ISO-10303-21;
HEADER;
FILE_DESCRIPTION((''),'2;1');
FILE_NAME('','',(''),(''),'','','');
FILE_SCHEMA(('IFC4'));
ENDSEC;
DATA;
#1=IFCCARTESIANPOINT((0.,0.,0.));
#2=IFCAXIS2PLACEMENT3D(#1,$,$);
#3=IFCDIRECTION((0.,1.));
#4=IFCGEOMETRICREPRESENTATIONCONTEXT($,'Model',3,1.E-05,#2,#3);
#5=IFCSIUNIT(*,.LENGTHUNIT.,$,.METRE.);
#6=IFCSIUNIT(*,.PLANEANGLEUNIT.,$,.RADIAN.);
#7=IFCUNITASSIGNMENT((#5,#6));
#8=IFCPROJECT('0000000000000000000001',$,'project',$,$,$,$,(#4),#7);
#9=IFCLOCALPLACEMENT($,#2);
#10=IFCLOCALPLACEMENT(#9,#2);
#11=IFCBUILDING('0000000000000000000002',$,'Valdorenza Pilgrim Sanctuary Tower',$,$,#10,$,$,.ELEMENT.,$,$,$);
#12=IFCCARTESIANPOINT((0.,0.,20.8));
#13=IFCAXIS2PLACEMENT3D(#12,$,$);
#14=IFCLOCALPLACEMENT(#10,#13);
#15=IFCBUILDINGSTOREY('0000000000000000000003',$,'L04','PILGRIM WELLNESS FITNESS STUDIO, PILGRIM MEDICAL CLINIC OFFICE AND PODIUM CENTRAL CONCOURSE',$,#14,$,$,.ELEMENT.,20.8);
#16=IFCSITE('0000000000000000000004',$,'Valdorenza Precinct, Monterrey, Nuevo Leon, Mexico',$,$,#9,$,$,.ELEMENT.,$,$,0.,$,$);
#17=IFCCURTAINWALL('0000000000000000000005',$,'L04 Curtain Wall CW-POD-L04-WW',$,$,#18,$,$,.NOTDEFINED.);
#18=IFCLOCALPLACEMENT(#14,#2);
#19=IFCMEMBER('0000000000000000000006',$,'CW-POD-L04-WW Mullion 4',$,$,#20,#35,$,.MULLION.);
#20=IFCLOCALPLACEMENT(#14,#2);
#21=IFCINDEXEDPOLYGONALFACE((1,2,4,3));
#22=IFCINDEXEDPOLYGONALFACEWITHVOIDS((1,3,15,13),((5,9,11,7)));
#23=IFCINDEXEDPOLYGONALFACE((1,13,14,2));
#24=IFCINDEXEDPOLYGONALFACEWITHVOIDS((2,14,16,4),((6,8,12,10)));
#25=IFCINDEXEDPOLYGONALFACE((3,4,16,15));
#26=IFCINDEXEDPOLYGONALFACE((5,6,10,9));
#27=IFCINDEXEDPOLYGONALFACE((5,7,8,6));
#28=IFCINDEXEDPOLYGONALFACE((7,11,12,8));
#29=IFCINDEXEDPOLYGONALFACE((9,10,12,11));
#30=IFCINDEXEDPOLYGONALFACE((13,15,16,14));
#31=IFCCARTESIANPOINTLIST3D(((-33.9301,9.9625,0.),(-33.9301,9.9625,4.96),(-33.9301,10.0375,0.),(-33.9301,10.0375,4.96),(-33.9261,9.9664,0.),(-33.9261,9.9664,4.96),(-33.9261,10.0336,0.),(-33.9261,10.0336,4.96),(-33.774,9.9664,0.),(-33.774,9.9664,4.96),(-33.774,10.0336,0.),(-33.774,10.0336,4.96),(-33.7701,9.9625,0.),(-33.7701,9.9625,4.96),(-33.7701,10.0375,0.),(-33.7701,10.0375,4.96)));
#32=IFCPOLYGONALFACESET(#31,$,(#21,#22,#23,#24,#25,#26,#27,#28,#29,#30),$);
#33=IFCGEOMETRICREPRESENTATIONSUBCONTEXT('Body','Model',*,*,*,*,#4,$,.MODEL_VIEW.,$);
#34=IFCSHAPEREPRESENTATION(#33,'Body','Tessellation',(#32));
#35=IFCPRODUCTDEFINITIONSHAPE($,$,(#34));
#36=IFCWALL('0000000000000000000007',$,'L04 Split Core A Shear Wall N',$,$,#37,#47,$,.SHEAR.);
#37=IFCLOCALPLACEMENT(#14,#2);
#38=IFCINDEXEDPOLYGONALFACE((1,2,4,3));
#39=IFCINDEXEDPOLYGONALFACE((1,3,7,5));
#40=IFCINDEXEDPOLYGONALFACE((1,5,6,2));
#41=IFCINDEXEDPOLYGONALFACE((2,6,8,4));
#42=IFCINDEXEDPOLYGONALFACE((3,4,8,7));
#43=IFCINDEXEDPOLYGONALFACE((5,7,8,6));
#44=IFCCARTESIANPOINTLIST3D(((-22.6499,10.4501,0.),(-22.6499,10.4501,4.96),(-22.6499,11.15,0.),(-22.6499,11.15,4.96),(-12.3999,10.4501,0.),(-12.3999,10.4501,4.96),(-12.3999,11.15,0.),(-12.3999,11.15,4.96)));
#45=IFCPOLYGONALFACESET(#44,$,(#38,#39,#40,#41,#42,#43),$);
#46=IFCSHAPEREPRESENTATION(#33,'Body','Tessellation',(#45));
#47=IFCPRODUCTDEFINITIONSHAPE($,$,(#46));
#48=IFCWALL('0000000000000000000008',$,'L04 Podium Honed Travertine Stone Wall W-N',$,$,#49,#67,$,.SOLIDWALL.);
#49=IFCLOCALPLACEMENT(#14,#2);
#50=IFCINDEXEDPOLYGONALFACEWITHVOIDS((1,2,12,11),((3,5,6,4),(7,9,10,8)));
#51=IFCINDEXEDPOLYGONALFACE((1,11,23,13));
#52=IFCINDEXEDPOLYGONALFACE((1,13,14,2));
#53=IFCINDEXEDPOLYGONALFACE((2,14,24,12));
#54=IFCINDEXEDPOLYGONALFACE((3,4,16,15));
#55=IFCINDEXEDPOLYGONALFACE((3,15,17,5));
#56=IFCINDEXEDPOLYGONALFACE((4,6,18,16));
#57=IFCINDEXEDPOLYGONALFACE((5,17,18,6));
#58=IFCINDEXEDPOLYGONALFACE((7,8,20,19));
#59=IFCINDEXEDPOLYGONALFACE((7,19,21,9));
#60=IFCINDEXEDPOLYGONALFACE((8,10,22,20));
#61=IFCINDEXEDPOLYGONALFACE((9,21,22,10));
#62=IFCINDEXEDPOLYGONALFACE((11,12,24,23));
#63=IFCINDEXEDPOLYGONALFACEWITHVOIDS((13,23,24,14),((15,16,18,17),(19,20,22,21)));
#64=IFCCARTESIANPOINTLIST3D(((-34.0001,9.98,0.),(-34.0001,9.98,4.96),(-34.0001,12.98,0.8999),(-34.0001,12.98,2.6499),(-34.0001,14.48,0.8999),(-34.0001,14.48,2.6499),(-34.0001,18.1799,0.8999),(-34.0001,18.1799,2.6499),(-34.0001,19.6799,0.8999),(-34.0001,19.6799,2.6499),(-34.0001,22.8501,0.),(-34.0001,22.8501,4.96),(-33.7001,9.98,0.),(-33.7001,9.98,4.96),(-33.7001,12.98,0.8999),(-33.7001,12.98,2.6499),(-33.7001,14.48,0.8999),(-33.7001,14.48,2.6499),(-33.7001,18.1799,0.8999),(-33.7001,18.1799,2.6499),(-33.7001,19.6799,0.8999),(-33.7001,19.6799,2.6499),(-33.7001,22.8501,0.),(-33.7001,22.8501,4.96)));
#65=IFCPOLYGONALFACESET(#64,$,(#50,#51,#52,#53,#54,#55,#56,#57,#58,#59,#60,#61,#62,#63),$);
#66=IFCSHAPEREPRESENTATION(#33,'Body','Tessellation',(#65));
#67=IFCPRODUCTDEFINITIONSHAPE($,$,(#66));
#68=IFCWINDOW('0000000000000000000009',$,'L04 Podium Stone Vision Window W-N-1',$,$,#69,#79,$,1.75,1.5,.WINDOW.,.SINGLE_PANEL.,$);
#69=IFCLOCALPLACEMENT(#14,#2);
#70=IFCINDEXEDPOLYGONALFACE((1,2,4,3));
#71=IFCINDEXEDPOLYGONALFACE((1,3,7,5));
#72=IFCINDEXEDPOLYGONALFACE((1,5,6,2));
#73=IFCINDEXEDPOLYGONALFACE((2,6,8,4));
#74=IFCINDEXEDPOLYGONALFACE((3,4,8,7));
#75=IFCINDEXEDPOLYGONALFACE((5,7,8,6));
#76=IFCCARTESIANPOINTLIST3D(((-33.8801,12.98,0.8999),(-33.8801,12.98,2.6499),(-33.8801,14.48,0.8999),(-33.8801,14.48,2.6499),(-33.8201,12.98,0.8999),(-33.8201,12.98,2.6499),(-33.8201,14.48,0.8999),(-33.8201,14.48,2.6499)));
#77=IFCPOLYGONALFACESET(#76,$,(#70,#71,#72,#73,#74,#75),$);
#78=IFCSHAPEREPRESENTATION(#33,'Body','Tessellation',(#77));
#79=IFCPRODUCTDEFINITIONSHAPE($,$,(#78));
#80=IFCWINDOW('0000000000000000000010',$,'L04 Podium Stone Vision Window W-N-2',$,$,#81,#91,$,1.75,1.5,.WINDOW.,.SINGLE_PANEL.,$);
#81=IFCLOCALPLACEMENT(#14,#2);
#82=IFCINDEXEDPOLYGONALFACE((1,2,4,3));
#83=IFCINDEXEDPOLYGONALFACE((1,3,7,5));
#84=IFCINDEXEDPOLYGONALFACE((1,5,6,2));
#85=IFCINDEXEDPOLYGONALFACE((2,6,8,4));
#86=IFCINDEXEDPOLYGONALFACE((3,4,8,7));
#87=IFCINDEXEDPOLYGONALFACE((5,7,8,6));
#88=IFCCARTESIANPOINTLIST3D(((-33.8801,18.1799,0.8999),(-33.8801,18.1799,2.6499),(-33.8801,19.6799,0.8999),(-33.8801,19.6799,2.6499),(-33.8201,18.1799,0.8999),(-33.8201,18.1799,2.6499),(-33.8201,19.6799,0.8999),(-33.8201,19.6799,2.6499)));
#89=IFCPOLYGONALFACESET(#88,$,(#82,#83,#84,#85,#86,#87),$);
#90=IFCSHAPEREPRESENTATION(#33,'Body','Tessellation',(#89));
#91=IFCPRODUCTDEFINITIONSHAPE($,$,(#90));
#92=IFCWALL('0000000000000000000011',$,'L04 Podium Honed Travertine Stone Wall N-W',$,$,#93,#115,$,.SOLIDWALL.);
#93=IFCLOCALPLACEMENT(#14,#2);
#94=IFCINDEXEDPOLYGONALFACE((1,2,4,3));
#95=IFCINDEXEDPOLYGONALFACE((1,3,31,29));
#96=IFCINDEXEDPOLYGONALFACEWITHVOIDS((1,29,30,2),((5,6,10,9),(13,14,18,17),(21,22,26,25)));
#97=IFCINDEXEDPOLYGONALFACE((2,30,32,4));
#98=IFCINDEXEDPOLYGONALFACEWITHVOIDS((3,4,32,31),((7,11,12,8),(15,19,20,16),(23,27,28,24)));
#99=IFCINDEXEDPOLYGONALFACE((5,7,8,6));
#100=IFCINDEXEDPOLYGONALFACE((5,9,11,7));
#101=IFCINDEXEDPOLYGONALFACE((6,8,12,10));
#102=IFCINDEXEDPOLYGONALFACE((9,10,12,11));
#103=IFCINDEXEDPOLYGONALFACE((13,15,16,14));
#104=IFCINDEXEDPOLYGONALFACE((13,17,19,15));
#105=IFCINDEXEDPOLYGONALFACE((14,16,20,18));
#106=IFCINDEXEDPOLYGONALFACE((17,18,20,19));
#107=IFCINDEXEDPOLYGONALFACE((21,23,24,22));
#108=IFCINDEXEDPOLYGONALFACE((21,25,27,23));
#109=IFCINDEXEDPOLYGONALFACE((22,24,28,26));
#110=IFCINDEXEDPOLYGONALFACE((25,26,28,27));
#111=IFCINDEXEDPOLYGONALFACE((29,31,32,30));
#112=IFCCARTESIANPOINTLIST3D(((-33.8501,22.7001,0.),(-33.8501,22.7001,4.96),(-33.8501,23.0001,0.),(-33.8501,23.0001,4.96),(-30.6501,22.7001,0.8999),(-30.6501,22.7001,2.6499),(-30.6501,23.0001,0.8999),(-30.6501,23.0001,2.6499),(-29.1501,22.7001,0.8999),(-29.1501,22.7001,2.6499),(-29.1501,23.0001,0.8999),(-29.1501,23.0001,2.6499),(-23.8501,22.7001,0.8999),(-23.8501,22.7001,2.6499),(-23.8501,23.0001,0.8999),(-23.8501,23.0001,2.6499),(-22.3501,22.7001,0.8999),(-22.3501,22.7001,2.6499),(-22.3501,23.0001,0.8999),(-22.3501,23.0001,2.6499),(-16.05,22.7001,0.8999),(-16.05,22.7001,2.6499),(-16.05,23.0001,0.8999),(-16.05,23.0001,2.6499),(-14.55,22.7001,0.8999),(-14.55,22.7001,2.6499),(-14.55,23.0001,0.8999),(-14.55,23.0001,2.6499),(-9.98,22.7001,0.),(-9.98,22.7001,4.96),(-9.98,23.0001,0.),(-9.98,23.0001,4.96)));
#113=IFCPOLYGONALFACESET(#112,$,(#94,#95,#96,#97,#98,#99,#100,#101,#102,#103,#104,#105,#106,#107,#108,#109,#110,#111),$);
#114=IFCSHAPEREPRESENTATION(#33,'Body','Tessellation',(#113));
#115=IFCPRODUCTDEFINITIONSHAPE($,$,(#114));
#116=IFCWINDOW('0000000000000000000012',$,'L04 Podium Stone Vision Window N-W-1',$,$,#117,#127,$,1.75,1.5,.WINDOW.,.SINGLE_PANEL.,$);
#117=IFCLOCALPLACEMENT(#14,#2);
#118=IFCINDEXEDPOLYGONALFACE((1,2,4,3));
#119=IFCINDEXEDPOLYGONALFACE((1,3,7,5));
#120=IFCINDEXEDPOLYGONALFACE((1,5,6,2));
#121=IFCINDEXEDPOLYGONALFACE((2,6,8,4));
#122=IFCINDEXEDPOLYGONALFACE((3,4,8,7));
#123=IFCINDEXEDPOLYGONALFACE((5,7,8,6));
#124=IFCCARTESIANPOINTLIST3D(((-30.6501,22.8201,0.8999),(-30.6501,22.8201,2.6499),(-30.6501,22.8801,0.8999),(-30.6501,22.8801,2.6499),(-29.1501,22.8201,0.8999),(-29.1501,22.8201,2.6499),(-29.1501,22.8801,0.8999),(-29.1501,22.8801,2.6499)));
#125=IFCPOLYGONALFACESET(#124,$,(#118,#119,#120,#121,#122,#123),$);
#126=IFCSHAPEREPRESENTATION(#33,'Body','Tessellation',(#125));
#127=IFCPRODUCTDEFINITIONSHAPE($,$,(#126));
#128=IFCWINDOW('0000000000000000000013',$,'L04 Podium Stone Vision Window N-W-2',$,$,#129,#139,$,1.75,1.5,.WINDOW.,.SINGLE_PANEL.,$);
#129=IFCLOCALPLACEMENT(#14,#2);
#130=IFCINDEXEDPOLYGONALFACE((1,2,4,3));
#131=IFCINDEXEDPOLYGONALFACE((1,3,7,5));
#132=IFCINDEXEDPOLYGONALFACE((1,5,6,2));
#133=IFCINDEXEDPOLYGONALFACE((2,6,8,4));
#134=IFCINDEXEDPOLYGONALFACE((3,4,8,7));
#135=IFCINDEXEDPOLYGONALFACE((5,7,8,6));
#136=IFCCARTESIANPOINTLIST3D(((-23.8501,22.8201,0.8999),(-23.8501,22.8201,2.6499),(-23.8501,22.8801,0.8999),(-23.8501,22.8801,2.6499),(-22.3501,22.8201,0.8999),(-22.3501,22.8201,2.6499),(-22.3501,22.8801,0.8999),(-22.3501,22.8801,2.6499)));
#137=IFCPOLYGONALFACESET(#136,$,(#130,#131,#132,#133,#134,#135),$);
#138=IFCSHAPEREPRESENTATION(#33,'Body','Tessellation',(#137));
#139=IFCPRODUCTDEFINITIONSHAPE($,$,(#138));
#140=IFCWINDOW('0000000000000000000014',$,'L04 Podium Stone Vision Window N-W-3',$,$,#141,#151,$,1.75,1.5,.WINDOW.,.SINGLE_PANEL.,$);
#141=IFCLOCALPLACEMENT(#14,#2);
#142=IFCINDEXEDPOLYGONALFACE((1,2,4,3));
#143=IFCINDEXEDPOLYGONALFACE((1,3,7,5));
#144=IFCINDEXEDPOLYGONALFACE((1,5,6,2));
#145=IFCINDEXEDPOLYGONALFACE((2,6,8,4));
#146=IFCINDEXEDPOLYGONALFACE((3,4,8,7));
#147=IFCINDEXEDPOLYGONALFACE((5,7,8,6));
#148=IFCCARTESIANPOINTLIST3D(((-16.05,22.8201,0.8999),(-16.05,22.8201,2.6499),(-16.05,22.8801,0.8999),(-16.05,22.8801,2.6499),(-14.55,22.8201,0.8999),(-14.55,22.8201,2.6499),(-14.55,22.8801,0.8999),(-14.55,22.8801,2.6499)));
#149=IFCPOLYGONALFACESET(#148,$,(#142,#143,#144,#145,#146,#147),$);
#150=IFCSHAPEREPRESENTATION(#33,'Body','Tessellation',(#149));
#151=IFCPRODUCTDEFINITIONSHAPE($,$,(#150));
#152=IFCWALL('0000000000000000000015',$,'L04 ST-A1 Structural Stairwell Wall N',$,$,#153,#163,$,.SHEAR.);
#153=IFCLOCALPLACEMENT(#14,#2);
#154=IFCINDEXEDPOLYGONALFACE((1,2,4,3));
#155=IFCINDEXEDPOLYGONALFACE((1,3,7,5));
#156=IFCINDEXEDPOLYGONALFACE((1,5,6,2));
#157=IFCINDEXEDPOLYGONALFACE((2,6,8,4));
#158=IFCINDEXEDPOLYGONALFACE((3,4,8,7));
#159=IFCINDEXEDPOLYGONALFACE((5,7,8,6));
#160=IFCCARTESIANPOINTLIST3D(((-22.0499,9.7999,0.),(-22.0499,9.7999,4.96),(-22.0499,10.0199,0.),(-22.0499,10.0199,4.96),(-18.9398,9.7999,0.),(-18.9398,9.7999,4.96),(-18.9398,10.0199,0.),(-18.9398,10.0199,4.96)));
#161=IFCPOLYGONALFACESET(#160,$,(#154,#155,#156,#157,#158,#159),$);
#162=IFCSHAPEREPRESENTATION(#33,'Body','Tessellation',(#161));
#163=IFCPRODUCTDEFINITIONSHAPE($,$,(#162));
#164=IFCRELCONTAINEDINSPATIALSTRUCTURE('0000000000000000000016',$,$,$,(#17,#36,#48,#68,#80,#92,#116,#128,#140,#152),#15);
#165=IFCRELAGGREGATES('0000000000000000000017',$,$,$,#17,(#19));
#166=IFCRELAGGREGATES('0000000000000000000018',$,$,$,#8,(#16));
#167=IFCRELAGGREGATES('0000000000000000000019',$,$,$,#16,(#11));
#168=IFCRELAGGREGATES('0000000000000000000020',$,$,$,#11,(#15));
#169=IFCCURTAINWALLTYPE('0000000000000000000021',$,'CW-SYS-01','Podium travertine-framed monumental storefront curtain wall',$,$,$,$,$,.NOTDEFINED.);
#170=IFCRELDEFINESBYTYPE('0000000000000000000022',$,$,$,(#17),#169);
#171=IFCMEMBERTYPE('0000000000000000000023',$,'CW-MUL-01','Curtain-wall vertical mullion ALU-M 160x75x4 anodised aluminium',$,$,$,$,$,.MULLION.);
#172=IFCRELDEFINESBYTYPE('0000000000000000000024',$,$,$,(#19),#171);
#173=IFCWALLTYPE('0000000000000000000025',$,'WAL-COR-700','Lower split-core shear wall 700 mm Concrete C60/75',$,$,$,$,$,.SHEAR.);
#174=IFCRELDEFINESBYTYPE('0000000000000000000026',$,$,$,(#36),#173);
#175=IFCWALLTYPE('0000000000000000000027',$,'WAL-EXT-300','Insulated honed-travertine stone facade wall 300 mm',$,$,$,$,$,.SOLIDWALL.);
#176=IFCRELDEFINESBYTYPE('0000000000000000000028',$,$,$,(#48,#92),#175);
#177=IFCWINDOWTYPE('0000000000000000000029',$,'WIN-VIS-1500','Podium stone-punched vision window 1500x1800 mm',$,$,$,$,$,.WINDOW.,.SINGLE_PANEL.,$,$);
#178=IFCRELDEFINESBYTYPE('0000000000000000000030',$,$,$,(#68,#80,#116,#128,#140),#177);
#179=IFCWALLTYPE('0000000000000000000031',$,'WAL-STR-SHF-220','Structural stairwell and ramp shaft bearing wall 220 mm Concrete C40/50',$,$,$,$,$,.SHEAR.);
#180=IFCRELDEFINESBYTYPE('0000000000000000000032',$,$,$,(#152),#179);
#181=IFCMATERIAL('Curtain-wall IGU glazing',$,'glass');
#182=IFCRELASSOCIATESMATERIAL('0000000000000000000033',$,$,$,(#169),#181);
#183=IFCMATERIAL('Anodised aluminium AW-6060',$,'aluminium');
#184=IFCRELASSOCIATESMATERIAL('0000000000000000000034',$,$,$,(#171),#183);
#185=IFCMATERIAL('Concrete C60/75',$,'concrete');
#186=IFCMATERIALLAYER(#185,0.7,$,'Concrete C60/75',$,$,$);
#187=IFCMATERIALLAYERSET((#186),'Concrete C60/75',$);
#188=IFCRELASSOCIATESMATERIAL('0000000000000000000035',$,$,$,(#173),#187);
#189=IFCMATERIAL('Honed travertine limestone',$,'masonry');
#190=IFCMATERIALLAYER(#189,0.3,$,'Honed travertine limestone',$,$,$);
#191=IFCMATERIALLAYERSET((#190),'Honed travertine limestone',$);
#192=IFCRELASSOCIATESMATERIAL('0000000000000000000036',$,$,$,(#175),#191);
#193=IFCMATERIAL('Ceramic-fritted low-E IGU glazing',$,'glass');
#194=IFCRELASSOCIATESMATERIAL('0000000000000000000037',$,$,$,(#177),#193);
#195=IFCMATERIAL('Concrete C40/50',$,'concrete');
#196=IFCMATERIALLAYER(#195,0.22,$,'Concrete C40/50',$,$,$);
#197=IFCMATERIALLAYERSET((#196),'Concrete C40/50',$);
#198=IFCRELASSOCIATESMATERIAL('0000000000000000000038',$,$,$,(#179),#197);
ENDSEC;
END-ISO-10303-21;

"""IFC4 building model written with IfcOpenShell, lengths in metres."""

from ifc_helpers import new_model, si_unit, direction, frame, frame_2d, origin, origin_2d, place, context, subcontext, project, spatial, rectangle, hollow_rectangle, extrude, source, transform, mapped, material, layer, layer_set, material_profile, profile_set, type_object, element, fill, aggregate, save


model = new_model("IFC4")

# Units and contexts
model_context = context("Model", 3, precision=1e-05, world=origin(), true_north=direction((0.0, 1.0)))
body_context = subcontext(model_context, "Body", "Model", "MODEL_VIEW")
ifc_project = project(units=[si_unit("LENGTHUNIT", "METRE"), si_unit("PLANEANGLEUNIT", "RADIAN")], contexts=[model_context])

# Site, building, storey
site_placement = place(None, origin())
site = spatial("IfcSite", under=ifc_project, at=site_placement, Name="Valdorenza Precinct, Monterrey, Nuevo Leon, Mexico", CompositionType="ELEMENT", RefElevation=0.0)
building_placement = place(site_placement, origin())
building = spatial("IfcBuilding", under=site, at=building_placement, Name="Valdorenza Pilgrim Sanctuary Tower", CompositionType="ELEMENT")
storey_placement = place(building_placement, frame((0.0, 0.0, 20.8)))
storey = spatial("IfcBuildingStorey", under=building, at=storey_placement, Name="L04", Description="PILGRIM WELLNESS FITNESS STUDIO, PILGRIM MEDICAL CLINIC OFFICE AND PODIUM CENTRAL CONCOURSE", CompositionType="ELEMENT", Elevation=20.8)

# Shared definitions
ifc_material_1 = material(Name="Concrete C60/75", Category="concrete")

# Curtain wall, member
ifc_material_2 = material(Name="Curtain-wall IGU glazing", Category="glass")
curtain_wall_type = type_object("IfcCurtainWallType", Name="CW-SYS-01", Description="Podium travertine-framed monumental storefront curtain wall", PredefinedType="NOTDEFINED", material=ifc_material_2)
curtain_wall_placement = place(storey_placement, origin())
curtain_wall = element("IfcCurtainWall", 1, at=curtain_wall_placement, inside=storey, type_object=curtain_wall_type, Name="L04 Curtain Wall CW-POD-L04-WW", PredefinedType="NOTDEFINED")
ifc_material_3 = material(Name="Anodised aluminium AW-6060", Category="aluminium")
ifc_material_profile_1 = material_profile(ifc_material_3, hollow_rectangle(XDim=0.075, YDim=0.1599, WallThickness=0.0039, at=origin_2d()), Name="ALU-M 160x75x4")
ifc_profile_set_1 = profile_set([ifc_material_profile_1], Name="Anodised aluminium AW-6060")
member_type = type_object("IfcMemberType", Name="CW-MUL-01", Description="Curtain-wall vertical mullion ALU-M 160x75x4 anodised aluminium", PredefinedType="MULLION", material=ifc_profile_set_1)
shared_shape_1 = source(origin(), body_context, "Body", "SweptSolid", [
    extrude(hollow_rectangle(XDim=0.075, YDim=0.1599, WallThickness=0.0039, at=origin_2d()), origin(), (0.0, 0.0, 1.0), 4.96),
])
member_placement = place(storey_placement, frame((-33.8501, 10.0, 0.0), z_axis=(0.0, 0.0, 1.0), x_axis=(0.0, 1.0, 0.0)))
member = element("IfcMember", 2, at=member_placement, type_object=member_type, Name="CW-POD-L04-WW Mullion 4", PredefinedType="MULLION", context=body_context, shape_type="MappedRepresentation", body=[
    mapped(shared_shape_1, transform((0.0, 0.0, 0.0), x_axis=(1.0, 0.0, 0.0), y_axis=(0.0, 1.0, 0.0), z_axis=(0.0, 0.0, 1.0), scale=1.0)),
])
aggregate(curtain_wall, [member])

# Wall
ifc_layer_1 = layer(ifc_material_1, 0.7, Name="Concrete C60/75")
ifc_layer_set_1 = layer_set([ifc_layer_1], Name="Concrete C60/75")
wall_type_1 = type_object("IfcWallType", Name="WAL-COR-700", Description="Lower split-core shear wall 700 mm Concrete C60/75", PredefinedType="SHEAR", material=ifc_layer_set_1)
wall_1_placement = place(storey_placement, frame((-22.6499, 10.8, 0.0), z_axis=(0.0, 0.0, 1.0), x_axis=(1.0, 0.0, 0.0)))
element("IfcWall", 3, at=wall_1_placement, inside=storey, type_object=wall_type_1, Name="L04 Split Core A Shear Wall N", PredefinedType="SHEAR", context=body_context, shape_type="SweptSolid", body=[
    extrude(rectangle(XDim=10.25, YDim=0.7, at=frame_2d((5.125, 0.0))), origin(), (0.0, 0.0, 1.0), 4.96),
])

# Walls, openings, windows
ifc_material_4 = material(Name="Honed travertine limestone", Category="masonry")
ifc_layer_2 = layer(ifc_material_4, 0.3, Name="Honed travertine limestone")
ifc_layer_set_2 = layer_set([ifc_layer_2], Name="Honed travertine limestone")
wall_type_2 = type_object("IfcWallType", Name="WAL-EXT-300", Description="Insulated honed-travertine stone facade wall 300 mm", PredefinedType="SOLIDWALL", material=ifc_layer_set_2)
wall_2_placement = place(storey_placement, frame((-33.8501, 9.98, 0.0), z_axis=(0.0, 0.0, 1.0), x_axis=(0.0, 1.0, 0.0)))
wall_2 = element("IfcWall", 4, at=wall_2_placement, inside=storey, type_object=wall_type_2, Name="L04 Podium Honed Travertine Stone Wall W-N", PredefinedType="SOLIDWALL", context=body_context, shape_type="SweptSolid", body=[
    extrude(rectangle(XDim=12.8701, YDim=0.3, at=frame_2d((6.4351, 0.0))), origin(), (0.0, 0.0, 1.0), 4.96),
])
opening_1_placement = place(wall_2_placement, frame((3.0, 0.0, 0.8999)))
opening_1 = element("IfcOpeningElement", 5, at=opening_1_placement, cuts=wall_2, PredefinedType="OPENING", context=body_context, shape_type="SweptSolid", body=[
    extrude(rectangle(XDim=1.5, YDim=1.75, at=frame_2d((0.75, 0.875))), frame((0.0, 0.165, 0.0), z_axis=(0.0, -1.0, 0.0), x_axis=(1.0, 0.0, 0.0)), (0.0, 0.0, 1.0), 0.3298),
])
opening_2_placement = place(wall_2_placement, frame((8.2, 0.0, 0.8999)))
opening_2 = element("IfcOpeningElement", 6, at=opening_2_placement, cuts=wall_2, PredefinedType="OPENING", context=body_context, shape_type="SweptSolid", body=[
    extrude(rectangle(XDim=1.5, YDim=1.75, at=frame_2d((0.75, 0.875))), frame((0.0, 0.165, 0.0), z_axis=(0.0, -1.0, 0.0), x_axis=(1.0, 0.0, 0.0)), (0.0, 0.0, 1.0), 0.3298),
])
ifc_material_5 = material(Name="Ceramic-fritted low-E IGU glazing", Category="glass")
window_type = type_object("IfcWindowType", Name="WIN-VIS-1500", Description="Podium stone-punched vision window 1500x1800 mm", PartitioningType="SINGLE_PANEL", PredefinedType="WINDOW", material=ifc_material_5)
window_1_placement = place(opening_1_placement, origin())
window_1 = element("IfcWindow", 7, at=window_1_placement, inside=storey, type_object=window_type, Name="L04 Podium Stone Vision Window W-N-1", OverallHeight=1.75, OverallWidth=1.5, PartitioningType="SINGLE_PANEL", PredefinedType="WINDOW", context=body_context, shape_type="SweptSolid", body=[
    extrude(rectangle(XDim=1.5, YDim=1.75, at=frame_2d((0.75, 0.875))), frame((0.0, 0.03, 0.0), z_axis=(0.0, -1.0, 0.0), x_axis=(1.0, 0.0, 0.0)), (0.0, 0.0, 1.0), 0.0601),
])
fill(opening_1, window_1)
window_2_placement = place(opening_2_placement, origin())
window_2 = element("IfcWindow", 8, at=window_2_placement, inside=storey, type_object=window_type, Name="L04 Podium Stone Vision Window W-N-2", OverallHeight=1.75, OverallWidth=1.5, PartitioningType="SINGLE_PANEL", PredefinedType="WINDOW", context=body_context, shape_type="SweptSolid", body=[
    extrude(rectangle(XDim=1.5, YDim=1.75, at=frame_2d((0.75, 0.875))), frame((0.0, 0.03, 0.0), z_axis=(0.0, -1.0, 0.0), x_axis=(1.0, 0.0, 0.0)), (0.0, 0.0, 1.0), 0.0601),
])
fill(opening_2, window_2)
wall_3_placement = place(storey_placement, frame((-33.8501, 22.8501, 0.0), z_axis=(0.0, 0.0, 1.0), x_axis=(1.0, 0.0, 0.0)))
wall_3 = element("IfcWall", 9, at=wall_3_placement, inside=storey, type_object=wall_type_2, Name="L04 Podium Honed Travertine Stone Wall N-W", PredefinedType="SOLIDWALL", context=body_context, shape_type="SweptSolid", body=[
    extrude(rectangle(XDim=23.8701, YDim=0.3, at=frame_2d((11.9351, 0.0))), origin(), (0.0, 0.0, 1.0), 4.96),
])
opening_3_placement = place(wall_3_placement, frame((3.2, 0.0, 0.8999)))
opening_3 = element("IfcOpeningElement", 10, at=opening_3_placement, cuts=wall_3, PredefinedType="OPENING", context=body_context, shape_type="SweptSolid", body=[
    extrude(rectangle(XDim=1.5, YDim=1.75, at=frame_2d((0.75, 0.875))), frame((0.0, 0.165, 0.0), z_axis=(0.0, -1.0, 0.0), x_axis=(1.0, 0.0, 0.0)), (0.0, 0.0, 1.0), 0.3298),
])
opening_4_placement = place(wall_3_placement, frame((10.0, 0.0, 0.8999)))
opening_4 = element("IfcOpeningElement", 11, at=opening_4_placement, cuts=wall_3, PredefinedType="OPENING", context=body_context, shape_type="SweptSolid", body=[
    extrude(rectangle(XDim=1.5, YDim=1.75, at=frame_2d((0.75, 0.875))), frame((0.0, 0.165, 0.0), z_axis=(0.0, -1.0, 0.0), x_axis=(1.0, 0.0, 0.0)), (0.0, 0.0, 1.0), 0.3298),
])
opening_5_placement = place(wall_3_placement, frame((17.8, 0.0, 0.8999)))
opening_5 = element("IfcOpeningElement", 12, at=opening_5_placement, cuts=wall_3, PredefinedType="OPENING", context=body_context, shape_type="SweptSolid", body=[
    extrude(rectangle(XDim=1.5, YDim=1.75, at=frame_2d((0.75, 0.875))), frame((0.0, 0.165, 0.0), z_axis=(0.0, -1.0, 0.0), x_axis=(1.0, 0.0, 0.0)), (0.0, 0.0, 1.0), 0.3298),
])
window_3_placement = place(opening_3_placement, origin())
window_3 = element("IfcWindow", 13, at=window_3_placement, inside=storey, type_object=window_type, Name="L04 Podium Stone Vision Window N-W-1", OverallHeight=1.75, OverallWidth=1.5, PartitioningType="SINGLE_PANEL", PredefinedType="WINDOW", context=body_context, shape_type="SweptSolid", body=[
    extrude(rectangle(XDim=1.5, YDim=1.75, at=frame_2d((0.75, 0.875))), frame((0.0, 0.03, 0.0), z_axis=(0.0, -1.0, 0.0), x_axis=(1.0, 0.0, 0.0)), (0.0, 0.0, 1.0), 0.0601),
])
fill(opening_3, window_3)
window_4_placement = place(opening_4_placement, origin())
window_4 = element("IfcWindow", 14, at=window_4_placement, inside=storey, type_object=window_type, Name="L04 Podium Stone Vision Window N-W-2", OverallHeight=1.75, OverallWidth=1.5, PartitioningType="SINGLE_PANEL", PredefinedType="WINDOW", context=body_context, shape_type="SweptSolid", body=[
    extrude(rectangle(XDim=1.5, YDim=1.75, at=frame_2d((0.75, 0.875))), frame((0.0, 0.03, 0.0), z_axis=(0.0, -1.0, 0.0), x_axis=(1.0, 0.0, 0.0)), (0.0, 0.0, 1.0), 0.0601),
])
fill(opening_4, window_4)
window_5_placement = place(opening_5_placement, origin())
window_5 = element("IfcWindow", 15, at=window_5_placement, inside=storey, type_object=window_type, Name="L04 Podium Stone Vision Window N-W-3", OverallHeight=1.75, OverallWidth=1.5, PartitioningType="SINGLE_PANEL", PredefinedType="WINDOW", context=body_context, shape_type="SweptSolid", body=[
    extrude(rectangle(XDim=1.5, YDim=1.75, at=frame_2d((0.75, 0.875))), frame((0.0, 0.03, 0.0), z_axis=(0.0, -1.0, 0.0), x_axis=(1.0, 0.0, 0.0)), (0.0, 0.0, 1.0), 0.0601),
])
fill(opening_5, window_5)

# Wall
ifc_material_6 = material(Name="Concrete C40/50", Category="concrete")
ifc_layer_3 = layer(ifc_material_6, 0.22, Name="Concrete C40/50")
ifc_layer_set_3 = layer_set([ifc_layer_3], Name="Concrete C40/50")
wall_type_3 = type_object("IfcWallType", Name="WAL-STR-SHF-220", Description="Structural stairwell and ramp shaft bearing wall 220 mm Concrete C40/50", PredefinedType="SHEAR", material=ifc_layer_set_3)
wall_4_placement = place(storey_placement, frame((-22.05, 9.9099, 0.0), z_axis=(0.0, 0.0, 1.0), x_axis=(1.0, 0.0, 0.0)))
element("IfcWall", 16, at=wall_4_placement, inside=storey, type_object=wall_type_3, Name="L04 ST-A1 Structural Stairwell Wall N", PredefinedType="SHEAR", context=body_context, shape_type="SweptSolid", body=[
    extrude(rectangle(XDim=3.1101, YDim=0.22, at=frame_2d((1.5552, 0.0))), origin(), (0.0, 0.0, 1.0), 4.96),
])

save(model, "model.ifc")
